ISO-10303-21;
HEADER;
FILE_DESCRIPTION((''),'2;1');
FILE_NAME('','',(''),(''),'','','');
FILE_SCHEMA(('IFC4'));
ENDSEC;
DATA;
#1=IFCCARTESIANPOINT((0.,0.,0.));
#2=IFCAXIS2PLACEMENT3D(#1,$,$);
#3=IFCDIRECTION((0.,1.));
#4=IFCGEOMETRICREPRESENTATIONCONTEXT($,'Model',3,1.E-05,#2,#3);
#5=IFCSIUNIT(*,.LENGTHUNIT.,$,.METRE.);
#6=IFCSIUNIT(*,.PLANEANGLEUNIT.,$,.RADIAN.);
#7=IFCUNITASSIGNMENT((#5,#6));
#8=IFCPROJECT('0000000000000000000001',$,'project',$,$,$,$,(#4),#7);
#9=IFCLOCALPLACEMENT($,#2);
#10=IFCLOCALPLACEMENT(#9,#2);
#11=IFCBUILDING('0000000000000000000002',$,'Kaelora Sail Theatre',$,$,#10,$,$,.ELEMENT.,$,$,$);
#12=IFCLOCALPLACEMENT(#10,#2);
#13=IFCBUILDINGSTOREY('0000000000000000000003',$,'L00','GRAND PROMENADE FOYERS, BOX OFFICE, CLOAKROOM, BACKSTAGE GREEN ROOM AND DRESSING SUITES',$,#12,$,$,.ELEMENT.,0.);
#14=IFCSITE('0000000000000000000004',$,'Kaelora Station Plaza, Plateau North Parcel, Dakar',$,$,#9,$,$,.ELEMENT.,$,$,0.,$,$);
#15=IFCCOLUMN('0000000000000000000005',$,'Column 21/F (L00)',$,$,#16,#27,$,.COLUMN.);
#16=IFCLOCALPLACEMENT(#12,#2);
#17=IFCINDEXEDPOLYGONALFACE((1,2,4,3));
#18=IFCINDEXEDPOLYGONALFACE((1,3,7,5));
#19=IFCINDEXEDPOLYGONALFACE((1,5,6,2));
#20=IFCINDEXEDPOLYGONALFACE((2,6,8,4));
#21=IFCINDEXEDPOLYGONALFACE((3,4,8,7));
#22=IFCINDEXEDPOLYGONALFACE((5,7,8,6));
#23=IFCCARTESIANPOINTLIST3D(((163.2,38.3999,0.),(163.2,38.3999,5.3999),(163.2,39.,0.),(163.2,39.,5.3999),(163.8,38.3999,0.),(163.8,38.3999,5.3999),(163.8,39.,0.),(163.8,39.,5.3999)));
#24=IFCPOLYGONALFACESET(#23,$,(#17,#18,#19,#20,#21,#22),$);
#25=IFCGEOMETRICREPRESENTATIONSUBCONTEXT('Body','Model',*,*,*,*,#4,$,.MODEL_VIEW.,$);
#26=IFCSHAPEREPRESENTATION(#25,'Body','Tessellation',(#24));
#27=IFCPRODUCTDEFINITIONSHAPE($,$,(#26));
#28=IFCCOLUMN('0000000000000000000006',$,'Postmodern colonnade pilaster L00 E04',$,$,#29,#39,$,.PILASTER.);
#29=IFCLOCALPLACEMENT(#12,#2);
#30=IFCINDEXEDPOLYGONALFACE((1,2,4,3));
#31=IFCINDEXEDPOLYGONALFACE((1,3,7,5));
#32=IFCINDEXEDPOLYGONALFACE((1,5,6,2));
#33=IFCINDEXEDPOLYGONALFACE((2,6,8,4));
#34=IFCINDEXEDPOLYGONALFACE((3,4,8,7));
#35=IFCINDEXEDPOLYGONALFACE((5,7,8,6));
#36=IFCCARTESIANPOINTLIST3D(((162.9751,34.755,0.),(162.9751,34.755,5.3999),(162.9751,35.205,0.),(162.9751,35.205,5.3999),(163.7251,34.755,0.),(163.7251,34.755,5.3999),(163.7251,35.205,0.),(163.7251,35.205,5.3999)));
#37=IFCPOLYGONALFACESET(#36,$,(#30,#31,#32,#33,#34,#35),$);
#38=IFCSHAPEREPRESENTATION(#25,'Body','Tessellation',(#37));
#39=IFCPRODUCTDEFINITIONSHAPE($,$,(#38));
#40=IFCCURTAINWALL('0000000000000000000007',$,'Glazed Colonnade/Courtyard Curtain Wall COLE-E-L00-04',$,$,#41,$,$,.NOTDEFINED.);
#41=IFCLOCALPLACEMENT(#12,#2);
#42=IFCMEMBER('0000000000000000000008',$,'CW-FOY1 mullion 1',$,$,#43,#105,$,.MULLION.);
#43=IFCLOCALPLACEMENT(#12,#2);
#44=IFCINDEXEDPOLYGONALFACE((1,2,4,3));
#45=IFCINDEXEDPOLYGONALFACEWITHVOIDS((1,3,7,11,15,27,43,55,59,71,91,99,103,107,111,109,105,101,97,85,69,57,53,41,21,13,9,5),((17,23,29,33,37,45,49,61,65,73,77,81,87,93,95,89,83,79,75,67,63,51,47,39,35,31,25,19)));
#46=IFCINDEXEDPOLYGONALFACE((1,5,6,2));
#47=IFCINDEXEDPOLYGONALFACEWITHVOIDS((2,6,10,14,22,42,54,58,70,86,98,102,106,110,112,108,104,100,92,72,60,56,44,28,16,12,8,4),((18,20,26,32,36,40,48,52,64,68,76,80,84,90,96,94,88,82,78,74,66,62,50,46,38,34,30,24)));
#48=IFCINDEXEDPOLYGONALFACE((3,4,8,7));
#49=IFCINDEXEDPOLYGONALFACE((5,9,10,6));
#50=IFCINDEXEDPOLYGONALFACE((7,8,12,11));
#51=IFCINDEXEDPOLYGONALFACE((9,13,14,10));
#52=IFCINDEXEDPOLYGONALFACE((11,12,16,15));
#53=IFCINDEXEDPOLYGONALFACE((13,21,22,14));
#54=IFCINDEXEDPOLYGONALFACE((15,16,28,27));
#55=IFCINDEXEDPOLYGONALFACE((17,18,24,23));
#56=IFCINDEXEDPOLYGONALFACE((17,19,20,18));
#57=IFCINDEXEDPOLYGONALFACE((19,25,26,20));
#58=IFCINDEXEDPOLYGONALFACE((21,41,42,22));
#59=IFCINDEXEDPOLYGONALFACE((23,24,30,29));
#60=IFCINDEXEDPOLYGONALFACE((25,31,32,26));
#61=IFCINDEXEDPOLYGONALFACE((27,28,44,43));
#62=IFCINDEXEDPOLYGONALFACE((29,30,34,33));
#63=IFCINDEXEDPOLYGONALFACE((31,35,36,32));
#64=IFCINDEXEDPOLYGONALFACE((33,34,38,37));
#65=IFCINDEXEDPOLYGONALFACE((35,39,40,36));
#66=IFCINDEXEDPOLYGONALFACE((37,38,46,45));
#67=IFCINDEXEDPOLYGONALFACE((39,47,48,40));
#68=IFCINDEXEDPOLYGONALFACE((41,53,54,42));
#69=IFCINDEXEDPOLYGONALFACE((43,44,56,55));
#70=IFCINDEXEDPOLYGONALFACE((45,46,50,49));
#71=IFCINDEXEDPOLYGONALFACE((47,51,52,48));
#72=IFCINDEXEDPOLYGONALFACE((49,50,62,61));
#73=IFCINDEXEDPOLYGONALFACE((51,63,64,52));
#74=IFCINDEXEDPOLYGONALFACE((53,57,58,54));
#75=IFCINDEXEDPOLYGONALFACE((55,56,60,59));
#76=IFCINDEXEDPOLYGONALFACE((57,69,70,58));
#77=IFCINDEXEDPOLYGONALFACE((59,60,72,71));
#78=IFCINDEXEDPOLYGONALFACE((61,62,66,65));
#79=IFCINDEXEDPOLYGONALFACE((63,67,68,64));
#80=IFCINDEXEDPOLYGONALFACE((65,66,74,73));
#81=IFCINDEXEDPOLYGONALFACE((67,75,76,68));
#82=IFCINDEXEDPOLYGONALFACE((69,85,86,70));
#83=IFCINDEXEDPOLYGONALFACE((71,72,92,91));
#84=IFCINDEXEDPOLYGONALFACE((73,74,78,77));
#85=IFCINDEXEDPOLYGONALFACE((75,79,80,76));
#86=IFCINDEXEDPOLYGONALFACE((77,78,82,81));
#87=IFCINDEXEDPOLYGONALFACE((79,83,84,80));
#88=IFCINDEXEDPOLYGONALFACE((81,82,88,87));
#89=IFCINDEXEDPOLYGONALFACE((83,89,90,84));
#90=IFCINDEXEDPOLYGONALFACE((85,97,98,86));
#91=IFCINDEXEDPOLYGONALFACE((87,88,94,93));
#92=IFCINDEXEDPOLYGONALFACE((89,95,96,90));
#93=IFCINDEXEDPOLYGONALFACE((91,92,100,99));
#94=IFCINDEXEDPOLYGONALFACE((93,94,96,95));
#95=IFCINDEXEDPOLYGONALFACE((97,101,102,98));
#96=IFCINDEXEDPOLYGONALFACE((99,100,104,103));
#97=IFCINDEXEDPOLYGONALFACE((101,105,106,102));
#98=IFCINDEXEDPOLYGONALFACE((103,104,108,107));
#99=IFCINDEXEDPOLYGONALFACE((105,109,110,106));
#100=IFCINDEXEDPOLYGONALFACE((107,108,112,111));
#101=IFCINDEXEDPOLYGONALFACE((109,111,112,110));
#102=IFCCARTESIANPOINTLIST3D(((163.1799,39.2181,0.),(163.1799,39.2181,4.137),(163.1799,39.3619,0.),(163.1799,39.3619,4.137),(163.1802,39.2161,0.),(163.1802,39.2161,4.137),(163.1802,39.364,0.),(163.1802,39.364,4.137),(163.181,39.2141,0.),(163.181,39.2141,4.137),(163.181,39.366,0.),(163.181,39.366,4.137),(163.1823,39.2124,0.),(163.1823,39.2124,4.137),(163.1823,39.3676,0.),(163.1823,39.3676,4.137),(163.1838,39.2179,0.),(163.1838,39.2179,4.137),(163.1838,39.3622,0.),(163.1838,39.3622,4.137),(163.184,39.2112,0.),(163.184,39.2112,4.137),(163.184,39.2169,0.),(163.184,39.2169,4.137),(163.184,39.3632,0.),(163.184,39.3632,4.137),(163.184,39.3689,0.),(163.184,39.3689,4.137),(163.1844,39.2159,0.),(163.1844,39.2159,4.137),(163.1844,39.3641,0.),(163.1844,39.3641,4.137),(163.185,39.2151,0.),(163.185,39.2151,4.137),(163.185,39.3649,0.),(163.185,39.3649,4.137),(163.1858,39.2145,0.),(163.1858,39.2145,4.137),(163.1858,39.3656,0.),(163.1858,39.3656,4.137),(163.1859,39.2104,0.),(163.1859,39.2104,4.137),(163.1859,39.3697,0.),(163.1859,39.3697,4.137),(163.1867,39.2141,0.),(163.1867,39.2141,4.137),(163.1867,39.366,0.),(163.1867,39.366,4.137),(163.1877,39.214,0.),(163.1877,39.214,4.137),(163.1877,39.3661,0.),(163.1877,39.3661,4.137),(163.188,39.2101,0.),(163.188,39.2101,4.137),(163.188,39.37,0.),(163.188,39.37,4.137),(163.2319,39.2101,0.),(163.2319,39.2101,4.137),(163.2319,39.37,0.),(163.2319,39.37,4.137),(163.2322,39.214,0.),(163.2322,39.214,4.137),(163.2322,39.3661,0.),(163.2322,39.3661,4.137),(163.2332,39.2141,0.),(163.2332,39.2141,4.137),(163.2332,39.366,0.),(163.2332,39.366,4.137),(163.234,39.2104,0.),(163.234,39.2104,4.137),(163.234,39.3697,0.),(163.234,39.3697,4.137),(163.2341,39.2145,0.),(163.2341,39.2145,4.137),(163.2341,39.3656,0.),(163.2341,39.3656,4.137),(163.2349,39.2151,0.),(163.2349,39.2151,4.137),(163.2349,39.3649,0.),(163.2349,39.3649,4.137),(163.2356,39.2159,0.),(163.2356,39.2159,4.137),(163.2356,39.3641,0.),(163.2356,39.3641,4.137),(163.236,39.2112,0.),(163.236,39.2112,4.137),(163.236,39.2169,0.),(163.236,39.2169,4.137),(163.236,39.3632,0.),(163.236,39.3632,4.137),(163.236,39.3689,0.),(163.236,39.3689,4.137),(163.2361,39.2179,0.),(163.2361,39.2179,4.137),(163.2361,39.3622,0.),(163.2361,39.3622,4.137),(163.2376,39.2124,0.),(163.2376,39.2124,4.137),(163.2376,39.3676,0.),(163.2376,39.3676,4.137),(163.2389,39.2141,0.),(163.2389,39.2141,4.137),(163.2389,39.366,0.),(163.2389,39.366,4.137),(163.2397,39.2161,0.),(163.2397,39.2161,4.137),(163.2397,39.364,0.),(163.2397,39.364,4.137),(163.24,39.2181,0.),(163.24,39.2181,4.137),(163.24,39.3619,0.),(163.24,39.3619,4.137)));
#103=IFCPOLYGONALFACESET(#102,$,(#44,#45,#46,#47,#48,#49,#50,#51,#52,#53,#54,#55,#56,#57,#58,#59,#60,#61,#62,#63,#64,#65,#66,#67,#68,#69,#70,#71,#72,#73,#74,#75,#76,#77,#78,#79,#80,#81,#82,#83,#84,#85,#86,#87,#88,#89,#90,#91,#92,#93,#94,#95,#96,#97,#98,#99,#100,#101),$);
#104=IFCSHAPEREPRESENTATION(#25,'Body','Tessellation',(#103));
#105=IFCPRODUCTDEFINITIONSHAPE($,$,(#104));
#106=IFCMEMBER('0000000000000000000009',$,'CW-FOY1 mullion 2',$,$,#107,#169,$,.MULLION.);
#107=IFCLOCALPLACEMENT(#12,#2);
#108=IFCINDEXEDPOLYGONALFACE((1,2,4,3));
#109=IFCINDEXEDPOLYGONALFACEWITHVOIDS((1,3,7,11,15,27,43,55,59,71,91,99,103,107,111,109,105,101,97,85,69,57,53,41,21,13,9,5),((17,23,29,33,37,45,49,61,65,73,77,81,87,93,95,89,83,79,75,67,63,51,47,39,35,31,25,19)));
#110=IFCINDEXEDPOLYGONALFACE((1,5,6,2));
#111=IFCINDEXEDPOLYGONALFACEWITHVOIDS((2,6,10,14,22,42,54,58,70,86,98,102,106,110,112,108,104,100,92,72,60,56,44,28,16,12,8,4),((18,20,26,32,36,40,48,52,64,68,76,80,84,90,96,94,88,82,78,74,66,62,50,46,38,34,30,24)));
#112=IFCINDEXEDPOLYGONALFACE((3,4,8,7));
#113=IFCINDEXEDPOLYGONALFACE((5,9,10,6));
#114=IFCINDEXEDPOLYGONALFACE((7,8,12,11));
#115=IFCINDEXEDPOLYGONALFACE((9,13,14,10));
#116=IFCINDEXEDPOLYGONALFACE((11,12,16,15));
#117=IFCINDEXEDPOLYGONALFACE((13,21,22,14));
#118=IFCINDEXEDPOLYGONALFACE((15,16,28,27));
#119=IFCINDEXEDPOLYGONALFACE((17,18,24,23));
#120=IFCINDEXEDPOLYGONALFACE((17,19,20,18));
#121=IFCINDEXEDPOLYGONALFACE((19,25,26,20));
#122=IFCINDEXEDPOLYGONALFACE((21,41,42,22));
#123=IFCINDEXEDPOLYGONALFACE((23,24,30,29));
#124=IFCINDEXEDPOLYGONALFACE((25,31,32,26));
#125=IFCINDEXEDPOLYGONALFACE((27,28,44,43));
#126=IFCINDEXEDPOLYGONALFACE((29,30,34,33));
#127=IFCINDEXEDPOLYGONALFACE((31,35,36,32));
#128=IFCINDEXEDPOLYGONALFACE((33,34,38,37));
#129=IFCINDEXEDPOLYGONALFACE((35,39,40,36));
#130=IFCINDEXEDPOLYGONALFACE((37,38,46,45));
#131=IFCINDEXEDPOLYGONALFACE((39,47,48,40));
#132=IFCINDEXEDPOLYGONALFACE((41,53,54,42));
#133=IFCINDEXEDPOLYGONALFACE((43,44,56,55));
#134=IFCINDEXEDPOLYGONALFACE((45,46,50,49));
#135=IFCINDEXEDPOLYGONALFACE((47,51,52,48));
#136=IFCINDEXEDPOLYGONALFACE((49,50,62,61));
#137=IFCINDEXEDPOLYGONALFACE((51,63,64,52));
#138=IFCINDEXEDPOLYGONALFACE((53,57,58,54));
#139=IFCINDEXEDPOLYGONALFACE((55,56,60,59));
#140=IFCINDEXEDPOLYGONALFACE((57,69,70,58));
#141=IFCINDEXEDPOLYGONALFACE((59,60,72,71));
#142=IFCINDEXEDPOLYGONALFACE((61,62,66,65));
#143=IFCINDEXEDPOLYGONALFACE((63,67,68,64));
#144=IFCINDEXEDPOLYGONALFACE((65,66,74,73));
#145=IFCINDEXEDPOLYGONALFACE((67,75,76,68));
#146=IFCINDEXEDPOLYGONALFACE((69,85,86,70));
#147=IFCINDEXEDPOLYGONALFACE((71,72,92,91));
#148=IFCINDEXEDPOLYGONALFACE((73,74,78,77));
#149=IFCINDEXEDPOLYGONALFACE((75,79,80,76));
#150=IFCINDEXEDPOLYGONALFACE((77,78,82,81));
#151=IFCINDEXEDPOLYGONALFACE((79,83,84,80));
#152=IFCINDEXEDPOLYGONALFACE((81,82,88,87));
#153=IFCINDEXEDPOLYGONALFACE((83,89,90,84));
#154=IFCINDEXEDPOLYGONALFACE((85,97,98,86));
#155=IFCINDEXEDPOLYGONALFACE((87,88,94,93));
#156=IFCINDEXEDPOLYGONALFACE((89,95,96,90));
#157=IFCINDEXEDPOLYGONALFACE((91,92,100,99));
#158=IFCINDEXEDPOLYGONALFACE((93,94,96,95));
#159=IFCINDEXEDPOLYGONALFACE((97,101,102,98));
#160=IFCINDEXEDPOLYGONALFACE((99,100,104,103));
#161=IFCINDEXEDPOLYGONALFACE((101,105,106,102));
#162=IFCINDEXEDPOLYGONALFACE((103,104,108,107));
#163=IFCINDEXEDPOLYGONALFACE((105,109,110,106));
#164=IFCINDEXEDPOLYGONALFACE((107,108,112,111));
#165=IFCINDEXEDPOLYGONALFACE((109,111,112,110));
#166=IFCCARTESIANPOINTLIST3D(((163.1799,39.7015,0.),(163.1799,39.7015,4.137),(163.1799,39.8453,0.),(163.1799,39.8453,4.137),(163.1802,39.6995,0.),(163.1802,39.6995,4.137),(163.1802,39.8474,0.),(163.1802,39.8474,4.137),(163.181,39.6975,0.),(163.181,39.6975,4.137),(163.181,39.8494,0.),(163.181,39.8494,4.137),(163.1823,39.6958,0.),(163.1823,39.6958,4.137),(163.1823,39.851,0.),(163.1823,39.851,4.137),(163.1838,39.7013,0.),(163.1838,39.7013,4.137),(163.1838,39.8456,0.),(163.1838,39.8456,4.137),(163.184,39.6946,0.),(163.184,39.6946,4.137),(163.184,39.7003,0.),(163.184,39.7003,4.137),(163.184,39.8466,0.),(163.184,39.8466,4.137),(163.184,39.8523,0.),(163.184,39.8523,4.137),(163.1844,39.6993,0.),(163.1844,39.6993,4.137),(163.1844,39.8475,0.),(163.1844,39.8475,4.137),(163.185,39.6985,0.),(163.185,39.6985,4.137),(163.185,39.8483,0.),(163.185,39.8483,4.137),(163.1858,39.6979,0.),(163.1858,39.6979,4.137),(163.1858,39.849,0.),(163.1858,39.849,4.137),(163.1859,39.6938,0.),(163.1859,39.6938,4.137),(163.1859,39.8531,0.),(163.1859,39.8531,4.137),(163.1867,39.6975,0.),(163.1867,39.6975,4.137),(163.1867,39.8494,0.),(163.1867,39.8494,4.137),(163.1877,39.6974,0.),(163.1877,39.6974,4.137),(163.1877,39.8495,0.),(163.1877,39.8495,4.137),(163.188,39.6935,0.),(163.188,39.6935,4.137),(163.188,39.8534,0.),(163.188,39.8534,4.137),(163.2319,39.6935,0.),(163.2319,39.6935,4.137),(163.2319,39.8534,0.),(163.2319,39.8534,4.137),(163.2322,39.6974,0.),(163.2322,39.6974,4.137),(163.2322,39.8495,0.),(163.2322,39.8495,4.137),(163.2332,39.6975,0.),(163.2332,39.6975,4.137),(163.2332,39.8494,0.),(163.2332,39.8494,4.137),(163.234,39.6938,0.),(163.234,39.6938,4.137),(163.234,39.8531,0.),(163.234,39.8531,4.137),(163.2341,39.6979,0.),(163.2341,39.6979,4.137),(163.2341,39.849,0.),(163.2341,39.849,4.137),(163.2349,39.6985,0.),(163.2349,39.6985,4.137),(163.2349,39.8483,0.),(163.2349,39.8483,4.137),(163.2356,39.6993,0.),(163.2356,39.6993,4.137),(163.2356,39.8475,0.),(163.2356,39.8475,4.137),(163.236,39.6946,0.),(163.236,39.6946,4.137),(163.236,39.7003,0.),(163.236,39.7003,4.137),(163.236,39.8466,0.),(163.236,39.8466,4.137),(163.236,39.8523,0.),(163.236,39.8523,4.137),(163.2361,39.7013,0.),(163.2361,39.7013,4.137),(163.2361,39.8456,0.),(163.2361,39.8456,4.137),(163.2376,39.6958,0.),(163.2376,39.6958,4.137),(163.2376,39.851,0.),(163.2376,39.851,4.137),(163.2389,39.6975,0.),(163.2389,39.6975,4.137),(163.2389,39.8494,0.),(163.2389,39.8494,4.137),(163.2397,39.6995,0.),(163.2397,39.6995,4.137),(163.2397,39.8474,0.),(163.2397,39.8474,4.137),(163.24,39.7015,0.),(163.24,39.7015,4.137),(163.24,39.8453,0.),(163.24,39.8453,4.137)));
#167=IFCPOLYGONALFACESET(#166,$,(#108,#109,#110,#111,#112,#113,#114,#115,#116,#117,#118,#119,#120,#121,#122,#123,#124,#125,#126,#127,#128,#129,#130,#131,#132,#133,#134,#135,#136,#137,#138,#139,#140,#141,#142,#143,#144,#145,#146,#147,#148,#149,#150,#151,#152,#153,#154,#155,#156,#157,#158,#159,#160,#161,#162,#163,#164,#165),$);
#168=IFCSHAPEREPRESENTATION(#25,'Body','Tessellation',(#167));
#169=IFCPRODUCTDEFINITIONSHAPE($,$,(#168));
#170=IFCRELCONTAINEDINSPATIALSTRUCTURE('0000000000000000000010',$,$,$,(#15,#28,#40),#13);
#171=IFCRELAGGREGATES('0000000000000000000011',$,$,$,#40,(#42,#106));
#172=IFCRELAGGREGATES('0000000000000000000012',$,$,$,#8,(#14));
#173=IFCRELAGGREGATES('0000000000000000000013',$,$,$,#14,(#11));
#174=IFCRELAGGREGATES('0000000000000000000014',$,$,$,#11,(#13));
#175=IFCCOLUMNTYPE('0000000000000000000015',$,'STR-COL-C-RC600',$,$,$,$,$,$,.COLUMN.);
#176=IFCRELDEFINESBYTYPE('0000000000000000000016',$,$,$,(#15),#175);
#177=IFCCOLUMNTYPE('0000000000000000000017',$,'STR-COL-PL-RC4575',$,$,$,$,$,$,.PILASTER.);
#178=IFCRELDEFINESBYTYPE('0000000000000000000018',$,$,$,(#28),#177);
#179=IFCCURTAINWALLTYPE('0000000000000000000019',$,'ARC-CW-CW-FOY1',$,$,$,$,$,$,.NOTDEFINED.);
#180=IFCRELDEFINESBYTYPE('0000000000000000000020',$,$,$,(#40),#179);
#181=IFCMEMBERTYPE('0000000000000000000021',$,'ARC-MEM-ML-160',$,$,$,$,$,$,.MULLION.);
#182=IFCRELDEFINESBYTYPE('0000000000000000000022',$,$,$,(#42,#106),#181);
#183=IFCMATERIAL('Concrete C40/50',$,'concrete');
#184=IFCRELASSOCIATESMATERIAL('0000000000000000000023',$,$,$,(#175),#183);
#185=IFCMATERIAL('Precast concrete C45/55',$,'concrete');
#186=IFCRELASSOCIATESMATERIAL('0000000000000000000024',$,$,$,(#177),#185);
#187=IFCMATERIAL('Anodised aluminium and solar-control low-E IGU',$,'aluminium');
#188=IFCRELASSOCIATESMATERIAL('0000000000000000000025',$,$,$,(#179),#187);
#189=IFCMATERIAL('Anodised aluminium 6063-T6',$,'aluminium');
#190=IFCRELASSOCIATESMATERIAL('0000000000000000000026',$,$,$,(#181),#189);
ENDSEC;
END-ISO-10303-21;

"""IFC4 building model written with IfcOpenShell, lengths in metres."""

from ifc_helpers import new_model, si_unit, direction, frame, origin, origin_2d, place, context, subcontext, project, spatial, rectangle, hollow_rectangle, extrude, material, material_profile, profile_set, type_object, element, aggregate, save


model = new_model("IFC4")

# Units and contexts
model_context = context("Model", 3, precision=1e-05, world=origin(), true_north=direction((0.0, 1.0)))
body_context = subcontext(model_context, "Body", "Model", "MODEL_VIEW")
ifc_project = project(units=[si_unit("LENGTHUNIT", "METRE"), si_unit("PLANEANGLEUNIT", "RADIAN")], contexts=[model_context])

# Site, building, storey
site_placement = place(None, origin())
site = spatial("IfcSite", under=ifc_project, at=site_placement, Name="Kaelora Station Plaza, Plateau North Parcel, Dakar", CompositionType="ELEMENT", RefElevation=0.0)
building_placement = place(site_placement, origin())
building = spatial("IfcBuilding", under=site, at=building_placement, Name="Kaelora Sail Theatre", CompositionType="ELEMENT")
storey_placement = place(building_placement, origin())
storey = spatial("IfcBuildingStorey", under=building, at=storey_placement, Name="L00", Description="GRAND PROMENADE FOYERS, BOX OFFICE, CLOAKROOM, BACKSTAGE GREEN ROOM AND DRESSING SUITES", CompositionType="ELEMENT", Elevation=0.0)

# Columns
ifc_material_1 = material(Name="Concrete C40/50", Category="concrete")
ifc_material_profile_1 = material_profile(ifc_material_1, rectangle(XDim=0.6001, YDim=0.6001, at=origin_2d()), Name="RC-COL 600x600")
ifc_profile_set_1 = profile_set([ifc_material_profile_1], Name="Concrete C40/50")
column_type_1 = type_object("IfcColumnType", Name="STR-COL-C-RC600", PredefinedType="COLUMN", material=ifc_profile_set_1)
column_1_placement = place(storey_placement, frame((163.5, 38.7, 0.0), z_axis=(0.0, 0.0, 1.0), x_axis=(1.0, 0.0, 0.0)))
element("IfcColumn", 1, at=column_1_placement, inside=storey, type_object=column_type_1, Name="Column 21/F (L00)", PredefinedType="COLUMN", context=body_context, shape_type="SweptSolid", body=[
    extrude(rectangle(XDim=0.6001, YDim=0.6001, at=origin_2d()), origin(), (0.0, 0.0, 1.0), 5.3999),
])
ifc_material_2 = material(Name="Precast concrete C45/55", Category="concrete")
ifc_material_profile_2 = material_profile(ifc_material_2, rectangle(XDim=0.45, YDim=0.75, at=origin_2d()), Name="RC-PIL 450x750")
ifc_profile_set_2 = profile_set([ifc_material_profile_2], Name="Precast concrete C45/55")
column_type_2 = type_object("IfcColumnType", Name="STR-COL-PL-RC4575", PredefinedType="PILASTER", material=ifc_profile_set_2)
column_2_placement = place(storey_placement, frame((163.3501, 34.98, 0.0), z_axis=(0.0, 0.0, 1.0), x_axis=(0.0, 1.0, 0.0)))
element("IfcColumn", 2, at=column_2_placement, inside=storey, type_object=column_type_2, Name="Postmodern colonnade pilaster L00 E04", PredefinedType="PILASTER", context=body_context, shape_type="SweptSolid", body=[
    extrude(rectangle(XDim=0.45, YDim=0.75, at=origin_2d()), origin(), (0.0, 0.0, 1.0), 5.3999),
])

# Curtain wall, members
ifc_material_3 = material(Name="Anodised aluminium and solar-control low-E IGU", Category="aluminium")
curtain_wall_type = type_object("IfcCurtainWallType", Name="ARC-CW-CW-FOY1", PredefinedType="NOTDEFINED", material=ifc_material_3)
curtain_wall_placement = place(storey_placement, origin())
curtain_wall = element("IfcCurtainWall", 3, at=curtain_wall_placement, inside=storey, type_object=curtain_wall_type, Name="Glazed Colonnade/Courtyard Curtain Wall COLE-E-L00-04", PredefinedType="NOTDEFINED")
ifc_material_4 = material(Name="Anodised aluminium 6063-T6", Category="aluminium")
ifc_material_profile_3 = material_profile(ifc_material_4, hollow_rectangle(XDim=0.0601, YDim=0.1599, WallThickness=0.0039, InnerFilletRadius=0.0039, OuterFilletRadius=0.0081, at=origin_2d()), Name="ALU-MULL 60x160x4")
ifc_profile_set_3 = profile_set([ifc_material_profile_3], Name="Anodised aluminium 6063-T6")
member_type_1 = type_object("IfcMemberType", Name="ARC-MEM-ML-160", PredefinedType="MULLION", material=ifc_profile_set_3)
member_1_placement = place(storey_placement, frame((163.21, 39.29, 0.0), z_axis=(0.0, 0.0, 1.0), x_axis=(-1.0, 0.0, 0.0)))
member_1 = element("IfcMember", 4, at=member_1_placement, type_object=member_type_1, Name="CW-FOY1 mullion 1", PredefinedType="MULLION", context=body_context, shape_type="SweptSolid", body=[
    extrude(hollow_rectangle(XDim=0.0601, YDim=0.1599, WallThickness=0.0039, InnerFilletRadius=0.0039, OuterFilletRadius=0.0081, at=origin_2d()), origin(), (0.0, 0.0, 1.0), 4.137),
])
member_2_placement = place(storey_placement, frame((163.21, 39.7734, 0.0), z_axis=(0.0, 0.0, 1.0), x_axis=(-1.0, 0.0, 0.0)))
member_2 = element("IfcMember", 5, at=member_2_placement, type_object=member_type_1, Name="CW-FOY1 mullion 2", PredefinedType="MULLION", context=body_context, shape_type="SweptSolid", body=[
    extrude(hollow_rectangle(XDim=0.0601, YDim=0.1599, WallThickness=0.0039, InnerFilletRadius=0.0039, OuterFilletRadius=0.0081, at=origin_2d()), origin(), (0.0, 0.0, 1.0), 4.137),
])

aggregate(curtain_wall, [member_1, member_2])

save(model, "model.ifc")
